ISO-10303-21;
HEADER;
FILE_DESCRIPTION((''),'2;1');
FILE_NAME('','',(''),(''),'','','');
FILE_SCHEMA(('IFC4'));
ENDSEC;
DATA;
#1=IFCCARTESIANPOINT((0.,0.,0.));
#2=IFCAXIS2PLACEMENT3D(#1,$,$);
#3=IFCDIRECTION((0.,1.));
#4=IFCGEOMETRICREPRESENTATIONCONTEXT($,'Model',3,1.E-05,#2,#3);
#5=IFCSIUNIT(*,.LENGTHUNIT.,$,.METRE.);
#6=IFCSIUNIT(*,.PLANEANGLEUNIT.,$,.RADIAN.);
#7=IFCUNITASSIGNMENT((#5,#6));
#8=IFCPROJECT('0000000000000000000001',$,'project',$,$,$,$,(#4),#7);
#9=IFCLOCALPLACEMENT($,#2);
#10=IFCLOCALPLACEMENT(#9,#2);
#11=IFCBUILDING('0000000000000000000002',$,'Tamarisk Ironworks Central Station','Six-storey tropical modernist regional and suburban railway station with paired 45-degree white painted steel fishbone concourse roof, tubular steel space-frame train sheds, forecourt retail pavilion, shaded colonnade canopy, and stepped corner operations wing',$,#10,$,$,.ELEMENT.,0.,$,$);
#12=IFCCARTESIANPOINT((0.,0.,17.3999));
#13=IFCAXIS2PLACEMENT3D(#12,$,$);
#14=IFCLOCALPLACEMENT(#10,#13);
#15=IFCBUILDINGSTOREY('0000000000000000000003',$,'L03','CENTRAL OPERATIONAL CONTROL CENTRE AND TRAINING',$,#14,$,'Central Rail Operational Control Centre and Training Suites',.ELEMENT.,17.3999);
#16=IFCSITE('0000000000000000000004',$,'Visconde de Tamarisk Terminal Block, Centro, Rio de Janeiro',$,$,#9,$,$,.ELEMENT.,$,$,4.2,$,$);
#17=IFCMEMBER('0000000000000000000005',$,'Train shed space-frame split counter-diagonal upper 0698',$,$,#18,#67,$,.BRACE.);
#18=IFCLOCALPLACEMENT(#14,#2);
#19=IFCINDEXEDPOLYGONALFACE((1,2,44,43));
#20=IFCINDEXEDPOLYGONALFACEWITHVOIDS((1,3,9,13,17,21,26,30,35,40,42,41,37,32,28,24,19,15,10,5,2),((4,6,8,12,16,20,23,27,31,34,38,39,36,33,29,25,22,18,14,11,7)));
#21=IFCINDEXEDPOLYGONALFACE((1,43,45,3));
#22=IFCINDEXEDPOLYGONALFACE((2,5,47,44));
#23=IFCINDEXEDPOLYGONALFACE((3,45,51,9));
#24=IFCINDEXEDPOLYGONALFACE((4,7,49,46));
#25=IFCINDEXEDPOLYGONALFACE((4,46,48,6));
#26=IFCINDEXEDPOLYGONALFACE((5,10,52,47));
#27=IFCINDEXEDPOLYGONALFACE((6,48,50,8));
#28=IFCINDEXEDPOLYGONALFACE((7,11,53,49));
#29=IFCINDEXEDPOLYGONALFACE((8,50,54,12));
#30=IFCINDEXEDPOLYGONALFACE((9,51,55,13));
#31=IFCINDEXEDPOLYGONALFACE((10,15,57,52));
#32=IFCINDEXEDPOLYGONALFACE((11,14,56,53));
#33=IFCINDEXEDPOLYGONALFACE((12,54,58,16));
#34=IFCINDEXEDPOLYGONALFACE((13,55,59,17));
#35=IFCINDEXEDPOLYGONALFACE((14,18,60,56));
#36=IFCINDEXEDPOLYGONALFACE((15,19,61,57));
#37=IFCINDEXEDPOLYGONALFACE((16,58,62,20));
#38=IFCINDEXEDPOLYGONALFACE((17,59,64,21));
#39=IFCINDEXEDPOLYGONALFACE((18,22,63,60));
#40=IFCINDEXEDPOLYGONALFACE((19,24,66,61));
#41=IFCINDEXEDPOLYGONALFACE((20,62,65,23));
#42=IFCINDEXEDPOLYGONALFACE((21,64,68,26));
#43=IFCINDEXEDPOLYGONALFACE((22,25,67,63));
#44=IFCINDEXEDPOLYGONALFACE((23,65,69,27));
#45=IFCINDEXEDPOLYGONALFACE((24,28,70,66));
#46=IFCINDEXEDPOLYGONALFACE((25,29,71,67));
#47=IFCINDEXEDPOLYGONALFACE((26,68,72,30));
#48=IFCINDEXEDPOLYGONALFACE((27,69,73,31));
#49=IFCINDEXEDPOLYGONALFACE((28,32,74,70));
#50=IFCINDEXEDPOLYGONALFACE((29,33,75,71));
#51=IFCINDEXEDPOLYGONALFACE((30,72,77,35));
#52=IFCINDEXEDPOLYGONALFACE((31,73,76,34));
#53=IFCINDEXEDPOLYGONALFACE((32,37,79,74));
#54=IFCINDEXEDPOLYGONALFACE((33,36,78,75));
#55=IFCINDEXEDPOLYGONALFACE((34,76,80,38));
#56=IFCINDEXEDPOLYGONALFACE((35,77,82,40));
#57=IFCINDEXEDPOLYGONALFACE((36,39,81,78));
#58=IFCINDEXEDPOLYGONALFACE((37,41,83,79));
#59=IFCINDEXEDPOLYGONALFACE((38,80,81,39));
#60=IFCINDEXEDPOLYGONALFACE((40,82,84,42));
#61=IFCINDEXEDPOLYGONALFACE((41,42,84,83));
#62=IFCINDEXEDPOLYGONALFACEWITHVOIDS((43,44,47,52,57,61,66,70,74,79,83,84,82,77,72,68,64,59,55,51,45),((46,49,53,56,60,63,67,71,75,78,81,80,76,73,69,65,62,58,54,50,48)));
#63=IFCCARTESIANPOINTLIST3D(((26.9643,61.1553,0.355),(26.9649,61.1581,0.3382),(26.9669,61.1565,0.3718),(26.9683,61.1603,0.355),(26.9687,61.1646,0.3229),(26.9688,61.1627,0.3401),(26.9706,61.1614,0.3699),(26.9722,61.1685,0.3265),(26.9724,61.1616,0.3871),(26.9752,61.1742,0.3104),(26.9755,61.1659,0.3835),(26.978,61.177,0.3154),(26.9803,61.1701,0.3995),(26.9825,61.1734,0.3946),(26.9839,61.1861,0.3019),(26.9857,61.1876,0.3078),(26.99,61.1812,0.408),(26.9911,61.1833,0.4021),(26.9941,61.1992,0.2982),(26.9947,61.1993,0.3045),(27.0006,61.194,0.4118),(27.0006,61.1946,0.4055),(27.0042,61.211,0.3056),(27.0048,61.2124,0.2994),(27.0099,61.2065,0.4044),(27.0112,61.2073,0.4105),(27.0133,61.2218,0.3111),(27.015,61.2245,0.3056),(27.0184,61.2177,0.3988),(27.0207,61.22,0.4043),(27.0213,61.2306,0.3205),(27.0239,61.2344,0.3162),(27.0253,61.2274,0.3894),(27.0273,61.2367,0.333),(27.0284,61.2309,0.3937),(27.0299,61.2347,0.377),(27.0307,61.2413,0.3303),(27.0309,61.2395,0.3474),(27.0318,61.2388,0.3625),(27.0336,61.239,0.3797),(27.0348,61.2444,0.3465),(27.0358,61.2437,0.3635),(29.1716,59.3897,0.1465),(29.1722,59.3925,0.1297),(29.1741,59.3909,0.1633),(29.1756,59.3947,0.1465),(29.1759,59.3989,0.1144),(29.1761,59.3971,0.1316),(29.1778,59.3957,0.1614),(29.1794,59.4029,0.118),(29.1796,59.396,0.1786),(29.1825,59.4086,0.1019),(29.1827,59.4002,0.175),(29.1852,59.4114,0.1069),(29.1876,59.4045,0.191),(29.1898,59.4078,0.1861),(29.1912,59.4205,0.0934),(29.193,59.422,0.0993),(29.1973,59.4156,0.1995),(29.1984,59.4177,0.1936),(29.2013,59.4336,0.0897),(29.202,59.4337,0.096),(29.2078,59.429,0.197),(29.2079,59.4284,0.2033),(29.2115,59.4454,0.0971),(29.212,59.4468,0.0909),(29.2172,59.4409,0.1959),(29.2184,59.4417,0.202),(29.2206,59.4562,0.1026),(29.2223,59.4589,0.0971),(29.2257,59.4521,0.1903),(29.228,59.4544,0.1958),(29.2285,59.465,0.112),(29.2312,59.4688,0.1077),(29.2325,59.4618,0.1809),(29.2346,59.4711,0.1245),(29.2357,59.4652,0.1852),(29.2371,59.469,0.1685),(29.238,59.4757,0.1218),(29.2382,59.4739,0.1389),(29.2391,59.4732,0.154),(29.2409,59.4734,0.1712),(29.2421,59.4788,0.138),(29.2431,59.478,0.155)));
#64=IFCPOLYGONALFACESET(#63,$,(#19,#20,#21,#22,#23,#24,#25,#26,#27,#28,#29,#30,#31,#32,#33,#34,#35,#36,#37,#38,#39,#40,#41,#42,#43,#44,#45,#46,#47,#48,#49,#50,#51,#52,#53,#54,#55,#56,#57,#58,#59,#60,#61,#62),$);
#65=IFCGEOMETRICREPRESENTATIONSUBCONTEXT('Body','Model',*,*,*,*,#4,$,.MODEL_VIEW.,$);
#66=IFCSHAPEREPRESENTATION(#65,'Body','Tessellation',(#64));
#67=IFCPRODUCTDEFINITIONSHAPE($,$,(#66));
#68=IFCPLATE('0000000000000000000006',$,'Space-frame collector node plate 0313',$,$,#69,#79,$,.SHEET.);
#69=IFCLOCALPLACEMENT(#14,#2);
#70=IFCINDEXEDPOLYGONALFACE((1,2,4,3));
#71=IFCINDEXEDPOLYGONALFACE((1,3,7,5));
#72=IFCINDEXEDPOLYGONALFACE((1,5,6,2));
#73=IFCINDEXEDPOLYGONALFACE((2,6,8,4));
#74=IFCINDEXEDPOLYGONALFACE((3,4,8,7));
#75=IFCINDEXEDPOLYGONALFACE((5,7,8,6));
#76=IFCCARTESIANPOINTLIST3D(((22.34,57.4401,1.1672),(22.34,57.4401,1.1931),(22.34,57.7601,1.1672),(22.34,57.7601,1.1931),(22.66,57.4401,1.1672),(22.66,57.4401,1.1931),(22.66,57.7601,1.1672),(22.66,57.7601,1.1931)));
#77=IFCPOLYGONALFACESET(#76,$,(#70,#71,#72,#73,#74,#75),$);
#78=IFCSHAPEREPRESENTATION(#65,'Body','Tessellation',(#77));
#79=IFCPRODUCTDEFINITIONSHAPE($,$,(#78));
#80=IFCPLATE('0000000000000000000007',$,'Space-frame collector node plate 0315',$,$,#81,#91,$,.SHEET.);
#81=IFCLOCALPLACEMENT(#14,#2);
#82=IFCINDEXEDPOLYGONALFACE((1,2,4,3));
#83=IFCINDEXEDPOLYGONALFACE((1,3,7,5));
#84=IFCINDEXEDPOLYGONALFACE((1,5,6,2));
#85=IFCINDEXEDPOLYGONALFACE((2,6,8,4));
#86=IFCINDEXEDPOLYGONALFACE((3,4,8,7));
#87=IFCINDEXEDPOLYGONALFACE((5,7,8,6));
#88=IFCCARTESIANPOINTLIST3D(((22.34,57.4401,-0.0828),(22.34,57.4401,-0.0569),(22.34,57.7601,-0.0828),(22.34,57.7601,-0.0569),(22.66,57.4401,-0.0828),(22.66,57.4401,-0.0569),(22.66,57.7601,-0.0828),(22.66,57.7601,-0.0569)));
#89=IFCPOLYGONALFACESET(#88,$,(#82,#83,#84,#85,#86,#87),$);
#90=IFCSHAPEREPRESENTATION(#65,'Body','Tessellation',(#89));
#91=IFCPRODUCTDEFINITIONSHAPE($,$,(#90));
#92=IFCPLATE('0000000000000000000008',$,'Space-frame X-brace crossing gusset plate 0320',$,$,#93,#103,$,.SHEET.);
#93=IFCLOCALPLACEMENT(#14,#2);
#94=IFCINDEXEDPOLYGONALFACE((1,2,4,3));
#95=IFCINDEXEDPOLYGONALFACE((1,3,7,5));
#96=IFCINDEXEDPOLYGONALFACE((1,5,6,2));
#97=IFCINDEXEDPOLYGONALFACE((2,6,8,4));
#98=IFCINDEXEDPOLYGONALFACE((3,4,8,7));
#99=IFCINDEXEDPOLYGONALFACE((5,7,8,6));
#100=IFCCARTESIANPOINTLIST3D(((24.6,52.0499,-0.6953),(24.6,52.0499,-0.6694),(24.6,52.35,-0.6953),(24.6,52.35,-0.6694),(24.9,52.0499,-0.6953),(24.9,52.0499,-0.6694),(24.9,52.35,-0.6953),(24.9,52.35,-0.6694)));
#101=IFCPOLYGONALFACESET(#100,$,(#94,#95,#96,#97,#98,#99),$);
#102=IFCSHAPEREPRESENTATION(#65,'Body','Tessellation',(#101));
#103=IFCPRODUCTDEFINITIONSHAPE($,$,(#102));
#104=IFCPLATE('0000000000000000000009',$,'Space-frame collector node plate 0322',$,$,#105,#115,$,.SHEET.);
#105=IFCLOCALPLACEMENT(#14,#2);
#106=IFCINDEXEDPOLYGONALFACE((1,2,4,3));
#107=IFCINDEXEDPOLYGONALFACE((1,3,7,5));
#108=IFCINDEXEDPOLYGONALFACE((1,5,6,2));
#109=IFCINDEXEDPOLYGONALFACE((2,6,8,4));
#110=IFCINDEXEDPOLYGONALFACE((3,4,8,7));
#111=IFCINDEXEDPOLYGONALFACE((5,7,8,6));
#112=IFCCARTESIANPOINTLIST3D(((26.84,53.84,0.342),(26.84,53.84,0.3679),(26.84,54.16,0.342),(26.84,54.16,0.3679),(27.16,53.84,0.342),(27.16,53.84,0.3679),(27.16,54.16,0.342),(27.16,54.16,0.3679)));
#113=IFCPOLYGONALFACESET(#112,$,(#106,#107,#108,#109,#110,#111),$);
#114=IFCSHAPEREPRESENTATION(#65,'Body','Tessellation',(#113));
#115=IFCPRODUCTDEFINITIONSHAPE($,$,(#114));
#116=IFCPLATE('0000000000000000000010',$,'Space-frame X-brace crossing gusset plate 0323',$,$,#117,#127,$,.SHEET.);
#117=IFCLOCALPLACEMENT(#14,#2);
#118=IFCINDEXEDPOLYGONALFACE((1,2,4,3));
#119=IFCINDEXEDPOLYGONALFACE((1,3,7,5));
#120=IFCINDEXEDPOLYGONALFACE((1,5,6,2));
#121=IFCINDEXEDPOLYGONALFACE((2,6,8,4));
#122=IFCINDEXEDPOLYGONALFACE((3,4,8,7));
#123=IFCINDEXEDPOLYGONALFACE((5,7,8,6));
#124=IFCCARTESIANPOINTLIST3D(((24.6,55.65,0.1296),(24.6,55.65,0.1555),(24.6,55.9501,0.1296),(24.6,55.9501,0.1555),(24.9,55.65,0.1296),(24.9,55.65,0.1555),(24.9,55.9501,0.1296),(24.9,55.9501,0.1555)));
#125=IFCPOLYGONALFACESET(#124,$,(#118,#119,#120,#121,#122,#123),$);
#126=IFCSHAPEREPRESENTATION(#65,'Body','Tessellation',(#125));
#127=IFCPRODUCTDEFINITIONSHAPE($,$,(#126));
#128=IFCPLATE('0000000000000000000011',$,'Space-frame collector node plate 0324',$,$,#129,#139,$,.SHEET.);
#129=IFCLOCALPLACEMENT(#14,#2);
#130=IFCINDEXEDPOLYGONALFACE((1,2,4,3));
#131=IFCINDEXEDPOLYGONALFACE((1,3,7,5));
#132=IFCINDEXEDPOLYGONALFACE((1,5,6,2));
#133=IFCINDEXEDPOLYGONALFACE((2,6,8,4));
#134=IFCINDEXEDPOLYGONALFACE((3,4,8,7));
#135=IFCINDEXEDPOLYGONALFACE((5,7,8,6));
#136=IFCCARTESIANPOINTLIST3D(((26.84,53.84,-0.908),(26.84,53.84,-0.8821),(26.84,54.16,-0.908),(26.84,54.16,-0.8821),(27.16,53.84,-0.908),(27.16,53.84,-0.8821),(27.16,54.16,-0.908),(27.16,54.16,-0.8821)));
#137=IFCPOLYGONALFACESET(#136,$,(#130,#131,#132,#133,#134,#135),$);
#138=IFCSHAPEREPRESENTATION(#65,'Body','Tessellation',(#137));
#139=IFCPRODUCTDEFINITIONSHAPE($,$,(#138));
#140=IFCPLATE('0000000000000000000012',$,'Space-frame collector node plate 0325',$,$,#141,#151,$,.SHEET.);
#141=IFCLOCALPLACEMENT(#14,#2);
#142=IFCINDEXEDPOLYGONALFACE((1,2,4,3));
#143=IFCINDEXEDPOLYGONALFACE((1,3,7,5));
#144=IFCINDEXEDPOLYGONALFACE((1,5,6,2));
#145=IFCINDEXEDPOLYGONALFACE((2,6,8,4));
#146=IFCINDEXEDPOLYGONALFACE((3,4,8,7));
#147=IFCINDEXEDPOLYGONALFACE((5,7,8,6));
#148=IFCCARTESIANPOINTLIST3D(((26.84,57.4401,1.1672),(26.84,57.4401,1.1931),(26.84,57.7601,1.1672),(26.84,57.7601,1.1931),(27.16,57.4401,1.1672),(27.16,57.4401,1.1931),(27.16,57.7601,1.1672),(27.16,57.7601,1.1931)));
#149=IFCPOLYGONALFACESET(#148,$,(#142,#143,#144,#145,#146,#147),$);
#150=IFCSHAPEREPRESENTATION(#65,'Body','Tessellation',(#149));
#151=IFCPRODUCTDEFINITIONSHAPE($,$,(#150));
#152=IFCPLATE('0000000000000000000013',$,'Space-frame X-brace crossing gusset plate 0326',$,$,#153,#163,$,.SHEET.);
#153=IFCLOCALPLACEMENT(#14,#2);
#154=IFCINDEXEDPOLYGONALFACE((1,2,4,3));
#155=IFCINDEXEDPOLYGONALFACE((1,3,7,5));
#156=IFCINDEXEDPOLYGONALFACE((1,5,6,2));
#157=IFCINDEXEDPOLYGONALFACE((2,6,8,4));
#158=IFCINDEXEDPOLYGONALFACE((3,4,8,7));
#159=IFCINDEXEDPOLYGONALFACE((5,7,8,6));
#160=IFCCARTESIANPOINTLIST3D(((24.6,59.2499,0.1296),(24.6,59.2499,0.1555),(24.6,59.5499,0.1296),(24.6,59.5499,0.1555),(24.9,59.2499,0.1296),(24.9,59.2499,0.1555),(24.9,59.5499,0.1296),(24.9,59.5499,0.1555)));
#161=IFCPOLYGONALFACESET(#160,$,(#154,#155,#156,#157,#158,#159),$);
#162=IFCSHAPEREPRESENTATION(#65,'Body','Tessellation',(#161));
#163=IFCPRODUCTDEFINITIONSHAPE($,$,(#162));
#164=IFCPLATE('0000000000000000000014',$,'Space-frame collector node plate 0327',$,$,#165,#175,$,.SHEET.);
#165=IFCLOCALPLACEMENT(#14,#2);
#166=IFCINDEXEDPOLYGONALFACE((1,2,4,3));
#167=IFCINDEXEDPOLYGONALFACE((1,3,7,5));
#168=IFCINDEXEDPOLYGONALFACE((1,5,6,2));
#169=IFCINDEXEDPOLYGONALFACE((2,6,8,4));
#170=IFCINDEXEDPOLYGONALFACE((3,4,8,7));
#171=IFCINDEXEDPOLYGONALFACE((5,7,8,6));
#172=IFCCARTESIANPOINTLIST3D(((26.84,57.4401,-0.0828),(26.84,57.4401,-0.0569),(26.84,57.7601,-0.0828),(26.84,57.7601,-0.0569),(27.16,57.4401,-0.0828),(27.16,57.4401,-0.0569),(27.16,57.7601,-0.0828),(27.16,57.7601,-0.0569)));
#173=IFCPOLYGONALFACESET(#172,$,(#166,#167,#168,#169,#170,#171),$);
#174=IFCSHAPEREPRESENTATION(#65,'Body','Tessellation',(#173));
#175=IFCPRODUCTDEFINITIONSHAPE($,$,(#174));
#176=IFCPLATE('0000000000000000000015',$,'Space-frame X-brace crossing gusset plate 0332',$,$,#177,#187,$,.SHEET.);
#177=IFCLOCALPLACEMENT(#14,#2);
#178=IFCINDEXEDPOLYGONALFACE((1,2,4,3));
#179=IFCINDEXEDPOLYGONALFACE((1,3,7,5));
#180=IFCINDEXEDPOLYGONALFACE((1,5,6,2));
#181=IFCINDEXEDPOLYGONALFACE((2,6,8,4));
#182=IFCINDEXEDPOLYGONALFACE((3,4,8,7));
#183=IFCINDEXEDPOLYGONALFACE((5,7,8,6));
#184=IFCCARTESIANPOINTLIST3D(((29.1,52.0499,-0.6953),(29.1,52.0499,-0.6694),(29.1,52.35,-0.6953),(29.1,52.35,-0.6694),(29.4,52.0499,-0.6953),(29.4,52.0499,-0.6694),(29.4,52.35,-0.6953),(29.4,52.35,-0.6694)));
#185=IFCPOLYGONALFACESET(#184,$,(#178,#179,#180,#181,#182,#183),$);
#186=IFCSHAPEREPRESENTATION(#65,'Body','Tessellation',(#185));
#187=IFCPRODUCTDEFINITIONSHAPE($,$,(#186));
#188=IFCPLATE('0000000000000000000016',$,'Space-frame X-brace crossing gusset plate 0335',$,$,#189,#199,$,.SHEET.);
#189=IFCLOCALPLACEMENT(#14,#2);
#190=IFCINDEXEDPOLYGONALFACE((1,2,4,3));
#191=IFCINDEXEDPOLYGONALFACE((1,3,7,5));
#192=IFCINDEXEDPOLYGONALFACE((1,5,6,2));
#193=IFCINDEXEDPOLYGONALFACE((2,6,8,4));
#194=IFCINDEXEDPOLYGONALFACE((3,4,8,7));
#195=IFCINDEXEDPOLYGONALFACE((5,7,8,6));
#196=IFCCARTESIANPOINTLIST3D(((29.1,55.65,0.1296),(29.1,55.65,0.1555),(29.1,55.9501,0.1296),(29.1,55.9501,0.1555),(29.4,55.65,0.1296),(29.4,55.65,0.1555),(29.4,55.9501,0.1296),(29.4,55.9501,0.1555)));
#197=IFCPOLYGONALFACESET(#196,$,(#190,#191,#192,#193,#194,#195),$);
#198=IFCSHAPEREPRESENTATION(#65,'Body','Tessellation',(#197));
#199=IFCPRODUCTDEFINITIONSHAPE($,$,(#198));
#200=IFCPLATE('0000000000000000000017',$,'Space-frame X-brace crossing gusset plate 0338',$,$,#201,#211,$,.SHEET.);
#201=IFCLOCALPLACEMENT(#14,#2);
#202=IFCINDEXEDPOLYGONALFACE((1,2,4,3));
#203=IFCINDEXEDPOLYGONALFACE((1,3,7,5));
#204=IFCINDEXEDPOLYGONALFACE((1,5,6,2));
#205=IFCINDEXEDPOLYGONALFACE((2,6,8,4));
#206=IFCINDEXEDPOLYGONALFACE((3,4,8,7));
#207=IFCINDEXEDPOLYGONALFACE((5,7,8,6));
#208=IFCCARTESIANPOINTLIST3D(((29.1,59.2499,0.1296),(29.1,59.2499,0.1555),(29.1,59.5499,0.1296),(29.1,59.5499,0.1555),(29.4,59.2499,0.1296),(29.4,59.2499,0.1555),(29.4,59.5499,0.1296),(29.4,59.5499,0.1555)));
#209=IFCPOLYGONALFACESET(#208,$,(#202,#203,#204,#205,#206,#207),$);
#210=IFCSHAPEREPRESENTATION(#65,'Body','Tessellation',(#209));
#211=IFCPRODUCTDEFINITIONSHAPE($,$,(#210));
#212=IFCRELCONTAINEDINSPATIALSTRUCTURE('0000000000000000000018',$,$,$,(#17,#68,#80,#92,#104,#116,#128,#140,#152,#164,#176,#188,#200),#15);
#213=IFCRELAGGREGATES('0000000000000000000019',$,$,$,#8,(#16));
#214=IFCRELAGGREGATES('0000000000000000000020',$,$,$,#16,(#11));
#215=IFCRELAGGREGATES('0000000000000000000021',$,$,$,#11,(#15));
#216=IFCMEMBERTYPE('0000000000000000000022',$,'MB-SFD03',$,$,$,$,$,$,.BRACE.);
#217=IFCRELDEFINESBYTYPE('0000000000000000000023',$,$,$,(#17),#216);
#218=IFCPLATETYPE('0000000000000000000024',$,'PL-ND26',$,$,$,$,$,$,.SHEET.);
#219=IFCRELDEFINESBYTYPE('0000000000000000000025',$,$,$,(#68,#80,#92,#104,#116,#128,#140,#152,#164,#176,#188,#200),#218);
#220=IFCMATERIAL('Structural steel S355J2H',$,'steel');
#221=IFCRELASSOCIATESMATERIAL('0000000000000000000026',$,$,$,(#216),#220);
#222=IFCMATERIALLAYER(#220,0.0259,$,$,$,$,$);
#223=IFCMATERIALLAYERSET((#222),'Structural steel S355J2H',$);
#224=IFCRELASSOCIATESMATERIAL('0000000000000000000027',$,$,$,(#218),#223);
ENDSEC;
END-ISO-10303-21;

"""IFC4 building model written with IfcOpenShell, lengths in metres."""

from ifc_helpers import new_model, si_unit, direction, frame, origin, origin_2d, place, context, subcontext, project, spatial, rectangle, hollow_circle, extrude, material, layer, layer_set, material_profile, profile_set, type_object, element, save


model = new_model("IFC4")

# Units and contexts
model_context = context("Model", 3, precision=1e-05, world=origin(), true_north=direction((0.0, 1.0)))
body_context = subcontext(model_context, "Body", "Model", "MODEL_VIEW")
ifc_project = project(units=[si_unit("LENGTHUNIT", "METRE"), si_unit("PLANEANGLEUNIT", "RADIAN")], contexts=[model_context])

# Site, building, storey
site_placement = place(None, origin())
site = spatial("IfcSite", under=ifc_project, at=site_placement, Name="Visconde de Tamarisk Terminal Block, Centro, Rio de Janeiro", CompositionType="ELEMENT", RefElevation=4.2)
building_placement = place(site_placement, origin())
building = spatial("IfcBuilding", under=site, at=building_placement, Name="Tamarisk Ironworks Central Station", Description="Six-storey tropical modernist regional and suburban railway station with paired 45-degree white painted steel fishbone concourse roof, tubular steel space-frame train sheds, forecourt retail pavilion, shaded colonnade canopy, and stepped corner operations wing", CompositionType="ELEMENT", ElevationOfRefHeight=0.0)
storey_placement = place(building_placement, frame((0.0, 0.0, 17.3999)))
storey = spatial("IfcBuildingStorey", under=building, at=storey_placement, Name="L03", Description="CENTRAL OPERATIONAL CONTROL CENTRE AND TRAINING", LongName="Central Rail Operational Control Centre and Training Suites", CompositionType="ELEMENT", Elevation=17.3999)

# Member
ifc_material_1 = material(Name="Structural steel S355J2H", Category="steel")
ifc_material_profile_1 = material_profile(ifc_material_1, hollow_circle(Radius=0.0571, WallThickness=0.0063, at=origin_2d()), Name="CHS 114.3x6.3")
ifc_profile_set_1 = profile_set([ifc_material_profile_1], Name="Structural steel S355J2H")
member_type_1 = type_object("IfcMemberType", Name="MB-SFD03", PredefinedType="BRACE", material=ifc_profile_set_1)
member_1_placement = place(storey_placement, frame((29.2073, 59.4343, 0.1465), z_axis=(-0.778787, 0.62296, 0.073563), x_axis=(-0.624653, -0.780903, 0.0)))
element("IfcMember", 1, at=member_1_placement, inside=storey, type_object=member_type_1, Name="Train shed space-frame split counter-diagonal upper 0698", PredefinedType="BRACE", context=body_context, shape_type="SweptSolid", body=[
    extrude(hollow_circle(Radius=0.0571, WallThickness=0.0063, at=origin_2d()), origin(), (0.0, 0.0, 1.0), 2.8342),
])

# Plates
ifc_layer = layer(ifc_material_1, 0.0259)
ifc_layer_set = layer_set([ifc_layer], Name="Structural steel S355J2H")
plate_type = type_object("IfcPlateType", Name="PL-ND26", PredefinedType="SHEET", material=ifc_layer_set)
for number, where, z_axis, x_axis, name in (
    (2, (22.5, 57.6001, 1.1672), (0.0, 0.0, 1.0), (1.0, 0.0, 0.0), "Space-frame collector node plate 0313"),
    (3, (22.5, 57.6001, -0.0828), (0.0, 0.0, 1.0), (1.0, 0.0, 0.0), "Space-frame collector node plate 0315"),
):
    element("IfcPlate", number, at=place(storey_placement, frame(where, z_axis=z_axis, x_axis=x_axis)), inside=storey, type_object=plate_type, Name=name, PredefinedType="SHEET", context=body_context, shape_type="SweptSolid", body=[
        extrude(rectangle(XDim=0.3201, YDim=0.3201, at=origin_2d()), origin(), (0.0, 0.0, 1.0), 0.0259),
    ])
plate_1_placement = place(storey_placement, frame((24.75, 52.2, -0.6953), z_axis=(0.0, 0.0, 1.0), x_axis=(1.0, 0.0, 0.0)))
element("IfcPlate", 4, at=plate_1_placement, inside=storey, type_object=plate_type, Name="Space-frame X-brace crossing gusset plate 0320", PredefinedType="SHEET", context=body_context, shape_type="SweptSolid", body=[
    extrude(rectangle(XDim=0.3, YDim=0.3, at=origin_2d()), origin(), (0.0, 0.0, 1.0), 0.0259),
])
plate_2_placement = place(storey_placement, frame((27.0, 54.0, 0.342), z_axis=(0.0, 0.0, 1.0), x_axis=(1.0, 0.0, 0.0)))
element("IfcPlate", 5, at=plate_2_placement, inside=storey, type_object=plate_type, Name="Space-frame collector node plate 0322", PredefinedType="SHEET", context=body_context, shape_type="SweptSolid", body=[
    extrude(rectangle(XDim=0.3201, YDim=0.3201, at=origin_2d()), origin(), (0.0, 0.0, 1.0), 0.0259),
])
plate_3_placement = place(storey_placement, frame((24.75, 55.8, 0.1296), z_axis=(0.0, 0.0, 1.0), x_axis=(1.0, 0.0, 0.0)))
element("IfcPlate", 6, at=plate_3_placement, inside=storey, type_object=plate_type, Name="Space-frame X-brace crossing gusset plate 0323", PredefinedType="SHEET", context=body_context, shape_type="SweptSolid", body=[
    extrude(rectangle(XDim=0.3, YDim=0.3, at=origin_2d()), origin(), (0.0, 0.0, 1.0), 0.0259),
])
for number, where, z_axis, x_axis, name in (
    (7, (27.0, 54.0, -0.908), (0.0, 0.0, 1.0), (1.0, 0.0, 0.0), "Space-frame collector node plate 0324"),
    (8, (27.0, 57.6001, 1.1672), (0.0, 0.0, 1.0), (1.0, 0.0, 0.0), "Space-frame collector node plate 0325"),
):
    element("IfcPlate", number, at=place(storey_placement, frame(where, z_axis=z_axis, x_axis=x_axis)), inside=storey, type_object=plate_type, Name=name, PredefinedType="SHEET", context=body_context, shape_type="SweptSolid", body=[
        extrude(rectangle(XDim=0.3201, YDim=0.3201, at=origin_2d()), origin(), (0.0, 0.0, 1.0), 0.0259),
    ])
plate_4_placement = place(storey_placement, frame((24.75, 59.3999, 0.1296), z_axis=(0.0, 0.0, 1.0), x_axis=(1.0, 0.0, 0.0)))
element("IfcPlate", 9, at=plate_4_placement, inside=storey, type_object=plate_type, Name="Space-frame X-brace crossing gusset plate 0326", PredefinedType="SHEET", context=body_context, shape_type="SweptSolid", body=[
    extrude(rectangle(XDim=0.3, YDim=0.3, at=origin_2d()), origin(), (0.0, 0.0, 1.0), 0.0259),
])
plate_5_placement = place(storey_placement, frame((27.0, 57.6001, -0.0828), z_axis=(0.0, 0.0, 1.0), x_axis=(1.0, 0.0, 0.0)))
element("IfcPlate", 10, at=plate_5_placement, inside=storey, type_object=plate_type, Name="Space-frame collector node plate 0327", PredefinedType="SHEET", context=body_context, shape_type="SweptSolid", body=[
    extrude(rectangle(XDim=0.3201, YDim=0.3201, at=origin_2d()), origin(), (0.0, 0.0, 1.0), 0.0259),
])
for number, where, z_axis, x_axis, name in (
    (11, (29.25, 52.2, -0.6953), (0.0, 0.0, 1.0), (1.0, 0.0, 0.0), "Space-frame X-brace crossing gusset plate 0332"),
    (12, (29.25, 55.8, 0.1296), (0.0, 0.0, 1.0), (1.0, 0.0, 0.0), "Space-frame X-brace crossing gusset plate 0335"),
    (13, (29.25, 59.3999, 0.1296), (0.0, 0.0, 1.0), (1.0, 0.0, 0.0), "Space-frame X-brace crossing gusset plate 0338"),
):
    element("IfcPlate", number, at=place(storey_placement, frame(where, z_axis=z_axis, x_axis=x_axis)), inside=storey, type_object=plate_type, Name=name, PredefinedType="SHEET", context=body_context, shape_type="SweptSolid", body=[
        extrude(rectangle(XDim=0.3, YDim=0.3, at=origin_2d()), origin(), (0.0, 0.0, 1.0), 0.0259),
    ])

save(model, "model.ifc")
